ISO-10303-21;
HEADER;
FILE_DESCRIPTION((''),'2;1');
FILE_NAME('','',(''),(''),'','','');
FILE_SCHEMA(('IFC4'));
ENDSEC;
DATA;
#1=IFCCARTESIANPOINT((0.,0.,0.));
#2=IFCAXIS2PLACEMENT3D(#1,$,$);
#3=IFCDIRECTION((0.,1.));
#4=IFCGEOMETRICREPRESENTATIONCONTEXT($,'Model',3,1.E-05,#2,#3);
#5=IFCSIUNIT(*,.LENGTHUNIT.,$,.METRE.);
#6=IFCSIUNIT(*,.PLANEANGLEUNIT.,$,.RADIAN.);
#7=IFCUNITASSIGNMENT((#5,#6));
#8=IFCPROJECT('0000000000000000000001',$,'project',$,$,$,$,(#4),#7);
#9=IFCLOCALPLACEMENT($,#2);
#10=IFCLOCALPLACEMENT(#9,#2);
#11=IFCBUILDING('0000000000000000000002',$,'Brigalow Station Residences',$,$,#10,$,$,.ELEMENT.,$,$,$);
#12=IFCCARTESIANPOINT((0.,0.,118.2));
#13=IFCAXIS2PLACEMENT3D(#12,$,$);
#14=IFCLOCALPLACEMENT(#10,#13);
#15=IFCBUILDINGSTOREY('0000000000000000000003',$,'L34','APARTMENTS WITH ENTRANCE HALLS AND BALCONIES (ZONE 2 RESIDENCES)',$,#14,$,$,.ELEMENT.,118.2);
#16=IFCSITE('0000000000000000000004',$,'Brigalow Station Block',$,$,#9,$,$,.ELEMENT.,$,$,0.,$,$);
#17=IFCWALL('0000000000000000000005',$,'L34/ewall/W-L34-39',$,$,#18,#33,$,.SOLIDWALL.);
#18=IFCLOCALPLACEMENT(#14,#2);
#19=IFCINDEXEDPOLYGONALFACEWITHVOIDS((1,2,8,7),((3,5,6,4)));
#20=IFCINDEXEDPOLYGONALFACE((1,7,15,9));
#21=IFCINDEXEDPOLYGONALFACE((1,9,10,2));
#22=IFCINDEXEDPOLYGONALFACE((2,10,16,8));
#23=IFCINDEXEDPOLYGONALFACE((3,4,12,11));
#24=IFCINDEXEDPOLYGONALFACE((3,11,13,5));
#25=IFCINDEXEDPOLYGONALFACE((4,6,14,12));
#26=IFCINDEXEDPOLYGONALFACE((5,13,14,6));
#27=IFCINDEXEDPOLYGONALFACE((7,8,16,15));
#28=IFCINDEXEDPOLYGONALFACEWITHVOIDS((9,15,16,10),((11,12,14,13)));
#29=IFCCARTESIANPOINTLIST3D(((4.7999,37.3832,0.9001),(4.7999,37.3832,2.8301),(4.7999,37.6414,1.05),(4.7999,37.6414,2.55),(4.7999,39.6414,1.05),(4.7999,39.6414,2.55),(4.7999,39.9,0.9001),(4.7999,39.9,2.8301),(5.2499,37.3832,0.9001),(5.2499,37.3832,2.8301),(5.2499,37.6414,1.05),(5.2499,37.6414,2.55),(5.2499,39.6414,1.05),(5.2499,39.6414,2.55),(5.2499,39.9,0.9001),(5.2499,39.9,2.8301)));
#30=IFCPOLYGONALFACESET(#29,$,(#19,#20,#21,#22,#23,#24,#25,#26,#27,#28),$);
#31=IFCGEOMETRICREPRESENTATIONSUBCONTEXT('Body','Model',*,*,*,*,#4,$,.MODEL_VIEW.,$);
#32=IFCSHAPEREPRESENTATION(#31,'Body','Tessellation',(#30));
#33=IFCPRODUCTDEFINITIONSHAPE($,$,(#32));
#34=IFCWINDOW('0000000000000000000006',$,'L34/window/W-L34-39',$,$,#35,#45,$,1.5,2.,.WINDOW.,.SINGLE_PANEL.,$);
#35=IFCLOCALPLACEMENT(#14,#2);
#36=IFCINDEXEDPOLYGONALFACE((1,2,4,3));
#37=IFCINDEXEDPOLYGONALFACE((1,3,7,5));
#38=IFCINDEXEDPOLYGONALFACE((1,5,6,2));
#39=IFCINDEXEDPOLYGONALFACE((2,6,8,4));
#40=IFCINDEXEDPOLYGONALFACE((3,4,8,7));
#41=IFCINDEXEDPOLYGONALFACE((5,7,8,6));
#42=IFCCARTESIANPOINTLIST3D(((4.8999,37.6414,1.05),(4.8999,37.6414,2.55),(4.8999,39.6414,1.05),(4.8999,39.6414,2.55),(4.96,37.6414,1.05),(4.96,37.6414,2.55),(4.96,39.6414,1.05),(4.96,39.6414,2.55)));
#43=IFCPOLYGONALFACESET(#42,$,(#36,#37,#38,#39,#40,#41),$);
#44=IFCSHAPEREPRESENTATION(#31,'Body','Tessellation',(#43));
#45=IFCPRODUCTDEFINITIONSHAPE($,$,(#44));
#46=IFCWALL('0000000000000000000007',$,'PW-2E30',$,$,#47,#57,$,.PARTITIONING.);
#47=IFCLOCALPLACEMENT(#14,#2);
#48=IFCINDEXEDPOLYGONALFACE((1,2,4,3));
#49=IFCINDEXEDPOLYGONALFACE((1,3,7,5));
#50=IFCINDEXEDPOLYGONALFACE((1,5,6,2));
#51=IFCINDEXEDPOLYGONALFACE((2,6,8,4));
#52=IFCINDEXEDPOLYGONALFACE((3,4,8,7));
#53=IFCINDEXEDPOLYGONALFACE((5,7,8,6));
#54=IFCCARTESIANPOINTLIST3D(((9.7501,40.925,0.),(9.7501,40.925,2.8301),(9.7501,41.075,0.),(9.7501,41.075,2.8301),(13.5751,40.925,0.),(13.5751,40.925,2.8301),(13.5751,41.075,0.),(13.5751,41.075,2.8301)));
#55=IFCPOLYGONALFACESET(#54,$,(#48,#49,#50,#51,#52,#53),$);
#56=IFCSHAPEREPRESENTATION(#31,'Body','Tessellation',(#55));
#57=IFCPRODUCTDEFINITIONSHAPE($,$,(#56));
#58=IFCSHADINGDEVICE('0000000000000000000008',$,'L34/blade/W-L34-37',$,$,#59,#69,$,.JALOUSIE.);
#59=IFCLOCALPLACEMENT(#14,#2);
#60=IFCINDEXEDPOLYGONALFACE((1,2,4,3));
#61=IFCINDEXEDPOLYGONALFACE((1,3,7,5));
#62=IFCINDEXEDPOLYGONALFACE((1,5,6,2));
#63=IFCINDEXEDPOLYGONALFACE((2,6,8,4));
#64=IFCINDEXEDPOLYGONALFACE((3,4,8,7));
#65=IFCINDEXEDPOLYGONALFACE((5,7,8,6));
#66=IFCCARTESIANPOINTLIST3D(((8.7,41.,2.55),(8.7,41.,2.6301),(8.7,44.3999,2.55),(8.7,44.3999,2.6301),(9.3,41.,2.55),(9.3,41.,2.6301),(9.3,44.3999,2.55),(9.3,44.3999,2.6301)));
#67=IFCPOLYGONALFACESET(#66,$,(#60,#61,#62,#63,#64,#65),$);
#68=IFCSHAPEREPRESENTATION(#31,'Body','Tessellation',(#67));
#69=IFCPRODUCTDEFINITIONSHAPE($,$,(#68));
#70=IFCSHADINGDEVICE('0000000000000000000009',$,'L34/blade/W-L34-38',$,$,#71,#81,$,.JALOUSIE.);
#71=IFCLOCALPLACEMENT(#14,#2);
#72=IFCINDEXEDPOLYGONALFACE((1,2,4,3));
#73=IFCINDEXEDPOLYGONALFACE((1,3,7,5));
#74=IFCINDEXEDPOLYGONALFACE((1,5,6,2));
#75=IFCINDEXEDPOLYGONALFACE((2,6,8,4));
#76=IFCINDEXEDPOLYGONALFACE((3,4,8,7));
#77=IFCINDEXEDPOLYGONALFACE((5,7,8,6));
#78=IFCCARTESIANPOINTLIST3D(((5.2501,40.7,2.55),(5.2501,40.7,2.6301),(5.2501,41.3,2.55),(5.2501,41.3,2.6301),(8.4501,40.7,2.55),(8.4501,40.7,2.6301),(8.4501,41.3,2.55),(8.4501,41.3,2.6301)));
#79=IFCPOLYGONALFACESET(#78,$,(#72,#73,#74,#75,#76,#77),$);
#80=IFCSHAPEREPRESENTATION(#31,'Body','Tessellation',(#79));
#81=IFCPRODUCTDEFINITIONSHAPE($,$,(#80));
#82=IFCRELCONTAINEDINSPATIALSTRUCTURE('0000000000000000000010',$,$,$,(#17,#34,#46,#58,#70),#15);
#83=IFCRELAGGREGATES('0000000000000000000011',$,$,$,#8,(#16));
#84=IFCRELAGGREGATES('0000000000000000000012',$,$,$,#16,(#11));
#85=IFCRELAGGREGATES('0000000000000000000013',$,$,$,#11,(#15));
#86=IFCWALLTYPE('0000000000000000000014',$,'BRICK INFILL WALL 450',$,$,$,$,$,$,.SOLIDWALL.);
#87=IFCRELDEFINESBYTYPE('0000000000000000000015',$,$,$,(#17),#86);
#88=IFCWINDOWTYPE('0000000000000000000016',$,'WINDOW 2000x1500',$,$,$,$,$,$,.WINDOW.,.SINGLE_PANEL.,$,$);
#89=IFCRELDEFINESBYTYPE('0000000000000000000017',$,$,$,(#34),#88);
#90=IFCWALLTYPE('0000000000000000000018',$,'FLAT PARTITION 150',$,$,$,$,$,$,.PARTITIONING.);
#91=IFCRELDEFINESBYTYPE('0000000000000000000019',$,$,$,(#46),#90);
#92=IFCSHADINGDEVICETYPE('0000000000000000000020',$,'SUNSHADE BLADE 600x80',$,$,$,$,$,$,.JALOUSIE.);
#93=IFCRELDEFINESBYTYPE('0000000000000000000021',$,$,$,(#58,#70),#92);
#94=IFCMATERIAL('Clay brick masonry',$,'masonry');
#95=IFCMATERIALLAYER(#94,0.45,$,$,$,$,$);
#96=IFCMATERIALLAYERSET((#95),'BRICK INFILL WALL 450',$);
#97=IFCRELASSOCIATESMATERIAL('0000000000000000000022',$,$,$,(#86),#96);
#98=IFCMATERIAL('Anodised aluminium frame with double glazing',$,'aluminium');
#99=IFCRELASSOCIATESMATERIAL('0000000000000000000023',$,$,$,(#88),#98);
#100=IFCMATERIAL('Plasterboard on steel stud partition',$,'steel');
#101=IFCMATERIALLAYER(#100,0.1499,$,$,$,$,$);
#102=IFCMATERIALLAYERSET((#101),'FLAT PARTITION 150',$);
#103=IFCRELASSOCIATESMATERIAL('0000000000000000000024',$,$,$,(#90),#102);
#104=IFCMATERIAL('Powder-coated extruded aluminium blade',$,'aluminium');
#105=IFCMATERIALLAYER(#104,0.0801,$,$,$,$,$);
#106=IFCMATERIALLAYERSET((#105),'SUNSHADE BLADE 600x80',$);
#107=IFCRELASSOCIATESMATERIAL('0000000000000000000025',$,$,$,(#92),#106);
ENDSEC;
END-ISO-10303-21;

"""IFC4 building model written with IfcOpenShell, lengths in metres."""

from ifc_helpers import new_model, si_unit, direction, frame, frame_2d, origin, origin_2d, place, context, subcontext, project, spatial, rectangle, extrude, material, layer, layer_set, type_object, element, fill, save


model = new_model("IFC4")

# Units and contexts
model_context = context("Model", 3, precision=1e-05, world=origin(), true_north=direction((0.0, 1.0)))
body_context = subcontext(model_context, "Body", "Model", "MODEL_VIEW")
ifc_project = project(units=[si_unit("LENGTHUNIT", "METRE"), si_unit("PLANEANGLEUNIT", "RADIAN")], contexts=[model_context])

# Site, building, storey
site_placement = place(None, origin())
site = spatial("IfcSite", under=ifc_project, at=site_placement, Name="Brigalow Station Block", CompositionType="ELEMENT", RefElevation=0.0)
building_placement = place(site_placement, origin())
building = spatial("IfcBuilding", under=site, at=building_placement, Name="Brigalow Station Residences", CompositionType="ELEMENT")
storey_placement = place(building_placement, frame((0.0, 0.0, 118.2)))
storey = spatial("IfcBuildingStorey", under=building, at=storey_placement, Name="L34", Description="APARTMENTS WITH ENTRANCE HALLS AND BALCONIES (ZONE 2 RESIDENCES)", CompositionType="ELEMENT", Elevation=118.2)

# Shared definitions
ifc_material_1 = material(Name="Clay brick masonry", Category="masonry")
ifc_layer_1 = layer(ifc_material_1, 0.45)
ifc_layer_set_1 = layer_set([ifc_layer_1], Name="BRICK INFILL WALL 450")
wall_type_1 = type_object("IfcWallType", Name="BRICK INFILL WALL 450", PredefinedType="SOLIDWALL", material=ifc_layer_set_1)

# Wall, opening, window
wall_1_placement = place(storey_placement, frame((5.0249, 39.8999, 0.9001), z_axis=(0.0, 0.0, 1.0), x_axis=(0.0, -1.0, 0.0)))
wall_1 = element("IfcWall", 1, at=wall_1_placement, inside=storey, type_object=wall_type_1, Name="L34/ewall/W-L34-39", PredefinedType="SOLIDWALL", context=body_context, shape_type="SweptSolid", body=[
    extrude(rectangle(XDim=2.5168, YDim=0.45, at=frame_2d((1.2583, 0.0))), origin(), (0.0, 0.0, 1.0), 1.9299),
])
opening_1_placement = place(wall_1_placement, frame((0.2585, 0.0, 0.1499)))
opening_1 = element("IfcOpeningElement", 2, at=opening_1_placement, cuts=wall_1, PredefinedType="OPENING", context=body_context, shape_type="SweptSolid", body=[
    extrude(rectangle(XDim=2.0, YDim=1.5, at=frame_2d((1.0, 0.75))), frame((0.0, 0.2349, 0.0), z_axis=(0.0, -1.0, 0.0), x_axis=(1.0, 0.0, 0.0)), (0.0, 0.0, 1.0), 0.47),
])
ifc_material_2 = material(Name="Anodised aluminium frame with double glazing", Category="aluminium")
window_type_1 = type_object("IfcWindowType", Name="WINDOW 2000x1500", PartitioningType="SINGLE_PANEL", PredefinedType="WINDOW", material=ifc_material_2)
window_1_placement = place(opening_1_placement, origin())
window_1 = element("IfcWindow", 3, at=window_1_placement, inside=storey, type_object=window_type_1, Name="L34/window/W-L34-39", OverallHeight=1.5, OverallWidth=2.0, PartitioningType="SINGLE_PANEL", PredefinedType="WINDOW", context=body_context, shape_type="SweptSolid", body=[
    extrude(rectangle(XDim=2.0, YDim=1.5, at=frame_2d((1.0, 0.75))), frame((0.0, -0.0649, 0.0), z_axis=(0.0, -1.0, 0.0), x_axis=(1.0, 0.0, 0.0)), (0.0, 0.0, 1.0), 0.0601),
])
fill(opening_1, window_1)

# Wall
ifc_material_3 = material(Name="Plasterboard on steel stud partition", Category="steel")
ifc_layer_2 = layer(ifc_material_3, 0.1499)
ifc_layer_set_2 = layer_set([ifc_layer_2], Name="FLAT PARTITION 150")
wall_type_2 = type_object("IfcWallType", Name="FLAT PARTITION 150", PredefinedType="PARTITIONING", material=ifc_layer_set_2)
wall_2_placement = place(storey_placement, frame((9.75, 41.0, 0.0), z_axis=(0.0, 0.0, 1.0), x_axis=(1.0, 0.0, 0.0)))
element("IfcWall", 4, at=wall_2_placement, inside=storey, type_object=wall_type_2, Name="PW-2E30", PredefinedType="PARTITIONING", context=body_context, shape_type="SweptSolid", body=[
    extrude(rectangle(XDim=3.825, YDim=0.1499, at=frame_2d((1.9126, 0.0))), origin(), (0.0, 0.0, 1.0), 2.8301),
])

# Shading devices
ifc_material_4 = material(Name="Powder-coated extruded aluminium blade", Category="aluminium")
ifc_layer_3 = layer(ifc_material_4, 0.0801)
ifc_layer_set_3 = layer_set([ifc_layer_3], Name="SUNSHADE BLADE 600x80")
shading_device_type = type_object("IfcShadingDeviceType", Name="SUNSHADE BLADE 600x80", PredefinedType="JALOUSIE", material=ifc_layer_set_3)
shading_device_1_placement = place(storey_placement, frame((9.0, 42.7, 2.55), z_axis=(0.0, 0.0, 1.0), x_axis=(0.0, -1.0, 0.0)))
element("IfcShadingDevice", 5, at=shading_device_1_placement, inside=storey, type_object=shading_device_type, Name="L34/blade/W-L34-37", PredefinedType="JALOUSIE", context=body_context, shape_type="SweptSolid", body=[
    extrude(rectangle(XDim=3.3999, YDim=0.6001, at=origin_2d()), origin(), (0.0, 0.0, 1.0), 0.0801),
])
shading_device_2_placement = place(storey_placement, frame((6.8501, 41.0, 2.55), z_axis=(0.0, 0.0, 1.0), x_axis=(-1.0, 0.0, 0.0)))
element("IfcShadingDevice", 6, at=shading_device_2_placement, inside=storey, type_object=shading_device_type, Name="L34/blade/W-L34-38", PredefinedType="JALOUSIE", context=body_context, shape_type="SweptSolid", body=[
    extrude(rectangle(XDim=3.2, YDim=0.6001, at=origin_2d()), origin(), (0.0, 0.0, 1.0), 0.0801),
])

save(model, "model.ifc")
